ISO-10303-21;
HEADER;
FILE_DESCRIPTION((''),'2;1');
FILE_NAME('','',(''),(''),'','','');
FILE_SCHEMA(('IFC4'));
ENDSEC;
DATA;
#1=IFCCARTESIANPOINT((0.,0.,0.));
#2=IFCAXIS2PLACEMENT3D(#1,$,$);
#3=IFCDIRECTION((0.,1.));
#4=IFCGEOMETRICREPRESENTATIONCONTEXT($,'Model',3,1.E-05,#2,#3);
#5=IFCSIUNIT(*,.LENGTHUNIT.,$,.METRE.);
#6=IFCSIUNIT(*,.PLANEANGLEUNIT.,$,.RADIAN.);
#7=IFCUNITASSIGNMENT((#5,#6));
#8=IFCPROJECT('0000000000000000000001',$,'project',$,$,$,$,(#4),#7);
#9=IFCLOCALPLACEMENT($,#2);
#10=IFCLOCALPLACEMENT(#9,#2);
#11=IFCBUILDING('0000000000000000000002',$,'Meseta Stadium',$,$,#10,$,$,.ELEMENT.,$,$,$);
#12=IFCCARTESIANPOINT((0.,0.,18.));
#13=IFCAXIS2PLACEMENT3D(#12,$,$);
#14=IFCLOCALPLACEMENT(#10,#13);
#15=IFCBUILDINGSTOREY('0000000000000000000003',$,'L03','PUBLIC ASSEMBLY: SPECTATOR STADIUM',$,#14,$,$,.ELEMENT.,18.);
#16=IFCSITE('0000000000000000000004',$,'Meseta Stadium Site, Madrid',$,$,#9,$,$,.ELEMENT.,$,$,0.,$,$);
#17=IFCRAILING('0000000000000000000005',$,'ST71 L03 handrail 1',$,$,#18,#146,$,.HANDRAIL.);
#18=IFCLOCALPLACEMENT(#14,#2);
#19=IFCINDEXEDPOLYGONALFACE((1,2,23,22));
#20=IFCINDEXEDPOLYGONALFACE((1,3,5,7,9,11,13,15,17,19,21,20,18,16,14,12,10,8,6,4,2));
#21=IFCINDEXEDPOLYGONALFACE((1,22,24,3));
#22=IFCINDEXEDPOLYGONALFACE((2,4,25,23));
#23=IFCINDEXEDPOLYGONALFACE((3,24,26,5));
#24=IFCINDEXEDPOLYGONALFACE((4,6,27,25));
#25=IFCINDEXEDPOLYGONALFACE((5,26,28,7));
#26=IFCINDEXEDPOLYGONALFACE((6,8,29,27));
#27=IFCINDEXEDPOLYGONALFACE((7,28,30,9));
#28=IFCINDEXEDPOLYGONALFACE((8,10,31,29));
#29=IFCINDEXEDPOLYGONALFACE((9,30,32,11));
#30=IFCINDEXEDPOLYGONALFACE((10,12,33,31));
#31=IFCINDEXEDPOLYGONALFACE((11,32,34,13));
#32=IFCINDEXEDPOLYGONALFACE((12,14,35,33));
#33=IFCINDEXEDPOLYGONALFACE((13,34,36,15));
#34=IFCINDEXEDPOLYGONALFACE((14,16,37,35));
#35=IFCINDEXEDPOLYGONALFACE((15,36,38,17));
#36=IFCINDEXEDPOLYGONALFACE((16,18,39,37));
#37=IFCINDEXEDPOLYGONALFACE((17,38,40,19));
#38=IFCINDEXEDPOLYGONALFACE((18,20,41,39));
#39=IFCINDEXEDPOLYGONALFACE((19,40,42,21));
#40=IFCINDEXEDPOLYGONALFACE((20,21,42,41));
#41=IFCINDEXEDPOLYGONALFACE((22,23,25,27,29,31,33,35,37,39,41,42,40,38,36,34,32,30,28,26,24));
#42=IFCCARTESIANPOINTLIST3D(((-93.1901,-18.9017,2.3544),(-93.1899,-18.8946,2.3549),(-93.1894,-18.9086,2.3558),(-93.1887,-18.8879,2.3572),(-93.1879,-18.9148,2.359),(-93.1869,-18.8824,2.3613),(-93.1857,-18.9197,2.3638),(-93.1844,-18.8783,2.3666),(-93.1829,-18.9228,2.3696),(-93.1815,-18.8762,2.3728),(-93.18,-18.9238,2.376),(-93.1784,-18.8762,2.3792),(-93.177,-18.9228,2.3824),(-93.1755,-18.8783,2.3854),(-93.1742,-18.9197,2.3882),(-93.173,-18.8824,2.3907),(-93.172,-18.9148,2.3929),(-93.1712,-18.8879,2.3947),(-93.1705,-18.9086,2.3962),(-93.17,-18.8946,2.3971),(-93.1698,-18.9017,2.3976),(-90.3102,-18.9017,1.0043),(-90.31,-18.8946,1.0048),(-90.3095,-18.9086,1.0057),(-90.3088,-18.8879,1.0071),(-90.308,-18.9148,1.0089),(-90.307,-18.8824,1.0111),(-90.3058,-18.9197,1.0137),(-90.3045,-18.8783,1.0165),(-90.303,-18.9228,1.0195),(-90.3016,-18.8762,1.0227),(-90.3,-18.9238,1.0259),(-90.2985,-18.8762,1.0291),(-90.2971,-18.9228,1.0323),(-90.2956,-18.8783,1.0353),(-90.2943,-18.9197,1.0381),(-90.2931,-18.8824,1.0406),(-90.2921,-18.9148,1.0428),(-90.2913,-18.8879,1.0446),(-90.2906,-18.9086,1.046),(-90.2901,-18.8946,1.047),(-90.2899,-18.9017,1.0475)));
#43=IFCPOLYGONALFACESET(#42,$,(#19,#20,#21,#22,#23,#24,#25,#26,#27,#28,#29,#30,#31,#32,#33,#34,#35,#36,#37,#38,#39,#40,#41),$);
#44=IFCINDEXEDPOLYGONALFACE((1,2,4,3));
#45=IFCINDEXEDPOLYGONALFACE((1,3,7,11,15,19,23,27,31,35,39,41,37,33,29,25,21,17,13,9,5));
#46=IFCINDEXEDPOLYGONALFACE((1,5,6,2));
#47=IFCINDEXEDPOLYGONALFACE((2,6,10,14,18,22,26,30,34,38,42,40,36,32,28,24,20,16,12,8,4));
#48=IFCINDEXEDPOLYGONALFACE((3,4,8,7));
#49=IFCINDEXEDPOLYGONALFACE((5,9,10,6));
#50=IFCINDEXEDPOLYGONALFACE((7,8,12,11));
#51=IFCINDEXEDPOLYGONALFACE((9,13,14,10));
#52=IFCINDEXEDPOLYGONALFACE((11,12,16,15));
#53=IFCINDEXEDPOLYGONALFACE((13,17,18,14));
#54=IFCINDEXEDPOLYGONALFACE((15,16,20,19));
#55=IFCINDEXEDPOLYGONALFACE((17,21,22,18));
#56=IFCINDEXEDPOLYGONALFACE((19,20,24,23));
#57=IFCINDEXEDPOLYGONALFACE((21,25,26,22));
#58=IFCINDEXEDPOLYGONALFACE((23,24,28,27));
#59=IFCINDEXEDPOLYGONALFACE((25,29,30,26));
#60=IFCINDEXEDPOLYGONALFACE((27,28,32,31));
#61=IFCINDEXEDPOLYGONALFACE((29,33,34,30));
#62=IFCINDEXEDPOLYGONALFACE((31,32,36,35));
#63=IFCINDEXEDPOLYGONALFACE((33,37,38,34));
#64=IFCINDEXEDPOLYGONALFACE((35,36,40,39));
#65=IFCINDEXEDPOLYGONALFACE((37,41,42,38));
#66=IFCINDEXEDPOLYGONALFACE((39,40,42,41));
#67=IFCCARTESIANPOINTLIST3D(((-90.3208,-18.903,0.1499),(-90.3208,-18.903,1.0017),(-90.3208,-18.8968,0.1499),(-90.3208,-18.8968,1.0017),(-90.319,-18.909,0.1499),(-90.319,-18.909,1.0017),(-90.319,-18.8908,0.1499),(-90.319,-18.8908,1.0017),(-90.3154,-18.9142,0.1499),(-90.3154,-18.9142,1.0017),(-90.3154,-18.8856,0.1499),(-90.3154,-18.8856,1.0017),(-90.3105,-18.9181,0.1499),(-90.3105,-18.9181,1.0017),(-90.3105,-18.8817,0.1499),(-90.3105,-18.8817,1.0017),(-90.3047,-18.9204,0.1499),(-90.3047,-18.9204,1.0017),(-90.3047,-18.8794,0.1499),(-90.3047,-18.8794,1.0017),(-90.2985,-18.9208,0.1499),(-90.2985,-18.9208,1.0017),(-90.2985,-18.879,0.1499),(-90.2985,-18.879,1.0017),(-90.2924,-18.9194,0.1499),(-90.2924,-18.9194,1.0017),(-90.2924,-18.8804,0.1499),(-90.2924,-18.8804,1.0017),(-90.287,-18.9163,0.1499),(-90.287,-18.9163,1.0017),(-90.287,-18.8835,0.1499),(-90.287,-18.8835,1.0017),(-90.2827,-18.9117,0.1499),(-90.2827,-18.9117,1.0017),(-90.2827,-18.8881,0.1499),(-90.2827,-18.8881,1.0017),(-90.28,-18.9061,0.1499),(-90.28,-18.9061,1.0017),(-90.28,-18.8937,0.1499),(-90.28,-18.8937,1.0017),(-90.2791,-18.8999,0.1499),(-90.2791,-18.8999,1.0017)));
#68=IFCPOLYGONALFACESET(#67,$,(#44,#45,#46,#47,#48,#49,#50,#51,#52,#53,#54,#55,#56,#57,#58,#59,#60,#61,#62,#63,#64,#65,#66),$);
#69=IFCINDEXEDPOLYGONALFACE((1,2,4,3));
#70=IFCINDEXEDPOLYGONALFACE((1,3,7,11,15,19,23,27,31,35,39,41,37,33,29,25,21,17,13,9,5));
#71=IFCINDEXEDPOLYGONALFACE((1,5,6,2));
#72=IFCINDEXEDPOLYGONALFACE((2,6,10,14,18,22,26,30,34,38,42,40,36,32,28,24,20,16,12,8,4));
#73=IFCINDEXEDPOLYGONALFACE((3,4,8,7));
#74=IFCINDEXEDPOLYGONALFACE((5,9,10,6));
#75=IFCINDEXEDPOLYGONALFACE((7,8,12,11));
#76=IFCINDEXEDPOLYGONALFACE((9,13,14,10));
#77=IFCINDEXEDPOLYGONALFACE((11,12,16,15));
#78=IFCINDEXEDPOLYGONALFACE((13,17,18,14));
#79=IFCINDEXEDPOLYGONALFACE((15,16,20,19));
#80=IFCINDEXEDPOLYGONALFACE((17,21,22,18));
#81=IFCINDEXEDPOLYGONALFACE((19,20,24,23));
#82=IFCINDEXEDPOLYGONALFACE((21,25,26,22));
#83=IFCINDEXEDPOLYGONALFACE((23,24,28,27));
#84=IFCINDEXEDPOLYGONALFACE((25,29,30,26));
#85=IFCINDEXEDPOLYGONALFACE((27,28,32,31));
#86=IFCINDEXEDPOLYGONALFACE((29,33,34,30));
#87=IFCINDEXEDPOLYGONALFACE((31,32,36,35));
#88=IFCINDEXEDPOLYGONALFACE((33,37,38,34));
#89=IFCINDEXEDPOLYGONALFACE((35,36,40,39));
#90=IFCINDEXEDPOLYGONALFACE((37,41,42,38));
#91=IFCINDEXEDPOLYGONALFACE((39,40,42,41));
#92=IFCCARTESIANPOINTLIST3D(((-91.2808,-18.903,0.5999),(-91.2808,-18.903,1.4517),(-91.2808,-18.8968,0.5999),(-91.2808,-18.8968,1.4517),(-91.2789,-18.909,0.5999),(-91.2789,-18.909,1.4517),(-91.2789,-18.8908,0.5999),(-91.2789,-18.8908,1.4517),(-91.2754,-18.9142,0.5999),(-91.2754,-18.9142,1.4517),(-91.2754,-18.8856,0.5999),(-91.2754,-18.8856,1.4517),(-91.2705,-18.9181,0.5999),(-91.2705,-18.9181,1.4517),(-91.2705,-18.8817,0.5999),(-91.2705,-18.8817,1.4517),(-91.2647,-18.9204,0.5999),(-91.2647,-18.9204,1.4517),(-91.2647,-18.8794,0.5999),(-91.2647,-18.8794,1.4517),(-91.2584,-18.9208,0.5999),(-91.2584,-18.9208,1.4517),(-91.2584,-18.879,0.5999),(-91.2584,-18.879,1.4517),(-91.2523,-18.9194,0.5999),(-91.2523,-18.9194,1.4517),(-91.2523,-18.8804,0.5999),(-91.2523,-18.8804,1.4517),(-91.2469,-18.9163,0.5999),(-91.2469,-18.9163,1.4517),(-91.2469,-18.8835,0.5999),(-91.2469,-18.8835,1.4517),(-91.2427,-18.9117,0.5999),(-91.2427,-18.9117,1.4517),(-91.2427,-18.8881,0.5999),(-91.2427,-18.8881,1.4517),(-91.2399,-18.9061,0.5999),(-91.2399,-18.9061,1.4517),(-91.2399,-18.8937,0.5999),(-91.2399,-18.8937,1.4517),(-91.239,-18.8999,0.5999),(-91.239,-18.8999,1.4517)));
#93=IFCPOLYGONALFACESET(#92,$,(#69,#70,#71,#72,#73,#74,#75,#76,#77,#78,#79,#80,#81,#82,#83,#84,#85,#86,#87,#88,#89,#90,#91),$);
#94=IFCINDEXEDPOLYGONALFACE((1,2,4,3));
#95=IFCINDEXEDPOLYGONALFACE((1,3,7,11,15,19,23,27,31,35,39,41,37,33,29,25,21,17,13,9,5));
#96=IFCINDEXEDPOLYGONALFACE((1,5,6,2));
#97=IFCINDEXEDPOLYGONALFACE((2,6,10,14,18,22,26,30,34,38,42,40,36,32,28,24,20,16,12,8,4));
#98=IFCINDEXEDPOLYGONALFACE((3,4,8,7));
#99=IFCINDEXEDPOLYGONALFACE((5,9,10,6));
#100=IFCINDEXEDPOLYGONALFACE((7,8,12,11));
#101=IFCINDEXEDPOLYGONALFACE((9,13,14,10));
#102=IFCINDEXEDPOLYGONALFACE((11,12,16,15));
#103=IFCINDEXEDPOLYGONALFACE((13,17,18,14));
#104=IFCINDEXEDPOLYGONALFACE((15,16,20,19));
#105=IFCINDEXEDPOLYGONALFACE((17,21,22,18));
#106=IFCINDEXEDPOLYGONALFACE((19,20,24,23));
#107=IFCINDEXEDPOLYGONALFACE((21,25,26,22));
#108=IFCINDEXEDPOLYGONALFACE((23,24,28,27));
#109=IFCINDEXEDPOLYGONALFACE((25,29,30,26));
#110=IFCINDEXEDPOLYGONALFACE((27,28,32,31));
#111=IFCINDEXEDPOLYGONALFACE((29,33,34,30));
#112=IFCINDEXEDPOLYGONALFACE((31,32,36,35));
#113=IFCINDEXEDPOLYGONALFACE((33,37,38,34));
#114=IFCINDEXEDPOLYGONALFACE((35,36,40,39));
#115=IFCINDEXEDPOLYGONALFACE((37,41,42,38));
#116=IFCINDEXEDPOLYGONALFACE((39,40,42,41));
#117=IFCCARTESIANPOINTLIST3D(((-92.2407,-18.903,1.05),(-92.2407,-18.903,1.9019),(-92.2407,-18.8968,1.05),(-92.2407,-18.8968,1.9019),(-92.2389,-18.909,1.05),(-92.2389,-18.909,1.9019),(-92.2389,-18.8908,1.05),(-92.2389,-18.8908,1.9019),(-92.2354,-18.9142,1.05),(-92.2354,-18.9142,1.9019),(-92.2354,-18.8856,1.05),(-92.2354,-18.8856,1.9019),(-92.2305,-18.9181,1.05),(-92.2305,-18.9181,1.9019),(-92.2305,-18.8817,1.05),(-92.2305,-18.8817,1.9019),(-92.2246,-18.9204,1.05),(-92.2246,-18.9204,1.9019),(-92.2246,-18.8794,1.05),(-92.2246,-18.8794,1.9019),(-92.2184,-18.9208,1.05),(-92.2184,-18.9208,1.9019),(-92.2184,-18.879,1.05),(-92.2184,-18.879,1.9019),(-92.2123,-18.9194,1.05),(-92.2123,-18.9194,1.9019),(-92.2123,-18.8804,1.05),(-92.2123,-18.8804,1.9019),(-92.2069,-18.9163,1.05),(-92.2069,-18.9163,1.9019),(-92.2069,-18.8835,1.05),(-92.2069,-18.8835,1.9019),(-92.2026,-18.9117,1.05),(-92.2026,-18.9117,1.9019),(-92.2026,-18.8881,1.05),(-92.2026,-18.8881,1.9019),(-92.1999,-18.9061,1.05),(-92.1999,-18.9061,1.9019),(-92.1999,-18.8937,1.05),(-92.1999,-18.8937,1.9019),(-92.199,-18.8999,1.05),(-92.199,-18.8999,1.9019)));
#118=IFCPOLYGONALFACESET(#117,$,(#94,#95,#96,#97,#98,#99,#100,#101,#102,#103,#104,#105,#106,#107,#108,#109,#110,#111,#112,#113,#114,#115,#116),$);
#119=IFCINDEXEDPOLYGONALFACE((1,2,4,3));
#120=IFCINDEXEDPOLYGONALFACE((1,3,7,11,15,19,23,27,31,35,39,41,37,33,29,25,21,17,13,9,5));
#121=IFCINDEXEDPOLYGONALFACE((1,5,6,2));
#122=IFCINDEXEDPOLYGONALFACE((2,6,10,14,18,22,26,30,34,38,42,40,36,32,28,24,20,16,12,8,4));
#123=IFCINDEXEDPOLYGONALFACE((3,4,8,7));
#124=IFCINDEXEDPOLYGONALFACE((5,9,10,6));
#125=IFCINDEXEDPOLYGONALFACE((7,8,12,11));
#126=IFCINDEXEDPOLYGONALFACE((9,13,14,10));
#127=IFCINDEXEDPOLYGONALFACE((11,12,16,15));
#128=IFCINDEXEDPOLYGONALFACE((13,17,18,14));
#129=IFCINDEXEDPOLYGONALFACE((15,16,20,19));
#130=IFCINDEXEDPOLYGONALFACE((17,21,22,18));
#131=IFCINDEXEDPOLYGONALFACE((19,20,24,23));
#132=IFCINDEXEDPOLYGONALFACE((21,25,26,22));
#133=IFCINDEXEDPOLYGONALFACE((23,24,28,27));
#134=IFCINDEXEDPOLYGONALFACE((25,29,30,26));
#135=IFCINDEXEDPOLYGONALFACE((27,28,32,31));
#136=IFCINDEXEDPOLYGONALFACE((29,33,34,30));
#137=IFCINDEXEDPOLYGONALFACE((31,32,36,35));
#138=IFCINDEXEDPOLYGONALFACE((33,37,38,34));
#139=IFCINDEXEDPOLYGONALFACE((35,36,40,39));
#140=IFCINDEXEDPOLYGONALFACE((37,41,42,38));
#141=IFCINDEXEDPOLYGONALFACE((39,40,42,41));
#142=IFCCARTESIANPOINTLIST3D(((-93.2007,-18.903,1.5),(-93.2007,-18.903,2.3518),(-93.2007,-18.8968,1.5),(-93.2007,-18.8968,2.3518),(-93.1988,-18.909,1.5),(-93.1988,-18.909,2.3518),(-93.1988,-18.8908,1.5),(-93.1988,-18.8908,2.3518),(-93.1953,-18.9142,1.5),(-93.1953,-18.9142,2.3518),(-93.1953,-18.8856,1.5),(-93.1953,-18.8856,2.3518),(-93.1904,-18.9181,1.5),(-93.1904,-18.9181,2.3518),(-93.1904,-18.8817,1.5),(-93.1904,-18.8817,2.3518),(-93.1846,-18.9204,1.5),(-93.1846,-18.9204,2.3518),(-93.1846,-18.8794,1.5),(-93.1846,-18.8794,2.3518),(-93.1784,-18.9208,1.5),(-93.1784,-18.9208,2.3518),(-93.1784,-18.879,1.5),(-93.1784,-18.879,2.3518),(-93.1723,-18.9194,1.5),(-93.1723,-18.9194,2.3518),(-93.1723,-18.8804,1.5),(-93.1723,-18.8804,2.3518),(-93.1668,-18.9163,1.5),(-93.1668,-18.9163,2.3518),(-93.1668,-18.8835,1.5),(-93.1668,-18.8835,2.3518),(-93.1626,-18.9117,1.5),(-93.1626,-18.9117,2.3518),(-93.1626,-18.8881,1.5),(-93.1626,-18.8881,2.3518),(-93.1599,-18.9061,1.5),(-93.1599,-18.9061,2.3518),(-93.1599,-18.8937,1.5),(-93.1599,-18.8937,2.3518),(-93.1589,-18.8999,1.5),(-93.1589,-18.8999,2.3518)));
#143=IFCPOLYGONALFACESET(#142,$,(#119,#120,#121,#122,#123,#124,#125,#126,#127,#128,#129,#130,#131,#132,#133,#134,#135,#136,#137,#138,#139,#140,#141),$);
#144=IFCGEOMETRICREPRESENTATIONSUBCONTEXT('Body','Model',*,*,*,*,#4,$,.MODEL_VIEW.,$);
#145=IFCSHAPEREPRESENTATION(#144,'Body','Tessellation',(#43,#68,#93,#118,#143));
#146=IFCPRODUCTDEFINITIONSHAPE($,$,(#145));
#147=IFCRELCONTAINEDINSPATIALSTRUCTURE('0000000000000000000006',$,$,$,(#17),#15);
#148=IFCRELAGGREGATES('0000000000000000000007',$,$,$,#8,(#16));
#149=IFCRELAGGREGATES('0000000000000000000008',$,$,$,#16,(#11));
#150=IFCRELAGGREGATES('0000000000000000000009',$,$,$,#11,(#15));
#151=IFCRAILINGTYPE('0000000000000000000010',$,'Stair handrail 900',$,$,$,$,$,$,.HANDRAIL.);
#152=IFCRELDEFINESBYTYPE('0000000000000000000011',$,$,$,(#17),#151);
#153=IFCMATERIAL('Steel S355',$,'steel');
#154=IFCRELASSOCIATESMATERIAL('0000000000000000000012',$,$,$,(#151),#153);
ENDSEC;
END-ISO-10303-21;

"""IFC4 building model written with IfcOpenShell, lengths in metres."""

from ifc_helpers import new_model, si_unit, direction, frame, origin, origin_2d, place, context, subcontext, project, spatial, circle, extrude, material, type_object, element, save


model = new_model("IFC4")

# Units and contexts
model_context = context("Model", 3, precision=1e-05, world=origin(), true_north=direction((0.0, 1.0)))
body_context = subcontext(model_context, "Body", "Model", "MODEL_VIEW")
ifc_project = project(units=[si_unit("LENGTHUNIT", "METRE"), si_unit("PLANEANGLEUNIT", "RADIAN")], contexts=[model_context])

# Site, building, storey
site_placement = place(None, origin())
site = spatial("IfcSite", under=ifc_project, at=site_placement, Name="Meseta Stadium Site, Madrid", CompositionType="ELEMENT", RefElevation=0.0)
building_placement = place(site_placement, origin())
building = spatial("IfcBuilding", under=site, at=building_placement, Name="Meseta Stadium", CompositionType="ELEMENT")
storey_placement = place(building_placement, frame((0.0, 0.0, 18.0)))
storey = spatial("IfcBuildingStorey", under=building, at=storey_placement, Name="L03", Description="PUBLIC ASSEMBLY: SPECTATOR STADIUM", CompositionType="ELEMENT", Elevation=18.0)

# Railing
ifc_material_1 = material(Name="Steel S355", Category="steel")
railing_type_1 = type_object("IfcRailingType", Name="Stair handrail 900", PredefinedType="HANDRAIL", material=ifc_material_1)
for number, where, name in (
    (1, (-90.3, -18.8999, 0.1499), "ST71 L03 handrail 1"),
):
    element("IfcRailing", number, at=place(storey_placement, frame(where)), inside=storey, type_object=railing_type_1, Name=name, PredefinedType="HANDRAIL", context=body_context, shape_type="SweptSolid", body=[
        extrude(circle(Radius=0.0239, at=origin_2d()), frame((0.0, 0.0, 0.876), z_axis=(-0.90544, 0.0, 0.424473), x_axis=(0.0, -1.0, 0.0)), (0.0, 0.0, 1.0), 3.1807),
        extrude(circle(Radius=0.021, at=origin_2d()), origin(), (0.0, 0.0, 1.0), 0.8518),
        extrude(circle(Radius=0.021, at=origin_2d()), frame((-0.96, 0.0, 0.45)), (0.0, 0.0, 1.0), 0.8518),
        extrude(circle(Radius=0.021, at=origin_2d()), frame((-1.9199, 0.0, 0.9001)), (0.0, 0.0, 1.0), 0.8518),
        extrude(circle(Radius=0.021, at=origin_2d()), frame((-2.8799, 0.0, 1.3501)), (0.0, 0.0, 1.0), 0.8518),
    ])

save(model, "model.ifc")
